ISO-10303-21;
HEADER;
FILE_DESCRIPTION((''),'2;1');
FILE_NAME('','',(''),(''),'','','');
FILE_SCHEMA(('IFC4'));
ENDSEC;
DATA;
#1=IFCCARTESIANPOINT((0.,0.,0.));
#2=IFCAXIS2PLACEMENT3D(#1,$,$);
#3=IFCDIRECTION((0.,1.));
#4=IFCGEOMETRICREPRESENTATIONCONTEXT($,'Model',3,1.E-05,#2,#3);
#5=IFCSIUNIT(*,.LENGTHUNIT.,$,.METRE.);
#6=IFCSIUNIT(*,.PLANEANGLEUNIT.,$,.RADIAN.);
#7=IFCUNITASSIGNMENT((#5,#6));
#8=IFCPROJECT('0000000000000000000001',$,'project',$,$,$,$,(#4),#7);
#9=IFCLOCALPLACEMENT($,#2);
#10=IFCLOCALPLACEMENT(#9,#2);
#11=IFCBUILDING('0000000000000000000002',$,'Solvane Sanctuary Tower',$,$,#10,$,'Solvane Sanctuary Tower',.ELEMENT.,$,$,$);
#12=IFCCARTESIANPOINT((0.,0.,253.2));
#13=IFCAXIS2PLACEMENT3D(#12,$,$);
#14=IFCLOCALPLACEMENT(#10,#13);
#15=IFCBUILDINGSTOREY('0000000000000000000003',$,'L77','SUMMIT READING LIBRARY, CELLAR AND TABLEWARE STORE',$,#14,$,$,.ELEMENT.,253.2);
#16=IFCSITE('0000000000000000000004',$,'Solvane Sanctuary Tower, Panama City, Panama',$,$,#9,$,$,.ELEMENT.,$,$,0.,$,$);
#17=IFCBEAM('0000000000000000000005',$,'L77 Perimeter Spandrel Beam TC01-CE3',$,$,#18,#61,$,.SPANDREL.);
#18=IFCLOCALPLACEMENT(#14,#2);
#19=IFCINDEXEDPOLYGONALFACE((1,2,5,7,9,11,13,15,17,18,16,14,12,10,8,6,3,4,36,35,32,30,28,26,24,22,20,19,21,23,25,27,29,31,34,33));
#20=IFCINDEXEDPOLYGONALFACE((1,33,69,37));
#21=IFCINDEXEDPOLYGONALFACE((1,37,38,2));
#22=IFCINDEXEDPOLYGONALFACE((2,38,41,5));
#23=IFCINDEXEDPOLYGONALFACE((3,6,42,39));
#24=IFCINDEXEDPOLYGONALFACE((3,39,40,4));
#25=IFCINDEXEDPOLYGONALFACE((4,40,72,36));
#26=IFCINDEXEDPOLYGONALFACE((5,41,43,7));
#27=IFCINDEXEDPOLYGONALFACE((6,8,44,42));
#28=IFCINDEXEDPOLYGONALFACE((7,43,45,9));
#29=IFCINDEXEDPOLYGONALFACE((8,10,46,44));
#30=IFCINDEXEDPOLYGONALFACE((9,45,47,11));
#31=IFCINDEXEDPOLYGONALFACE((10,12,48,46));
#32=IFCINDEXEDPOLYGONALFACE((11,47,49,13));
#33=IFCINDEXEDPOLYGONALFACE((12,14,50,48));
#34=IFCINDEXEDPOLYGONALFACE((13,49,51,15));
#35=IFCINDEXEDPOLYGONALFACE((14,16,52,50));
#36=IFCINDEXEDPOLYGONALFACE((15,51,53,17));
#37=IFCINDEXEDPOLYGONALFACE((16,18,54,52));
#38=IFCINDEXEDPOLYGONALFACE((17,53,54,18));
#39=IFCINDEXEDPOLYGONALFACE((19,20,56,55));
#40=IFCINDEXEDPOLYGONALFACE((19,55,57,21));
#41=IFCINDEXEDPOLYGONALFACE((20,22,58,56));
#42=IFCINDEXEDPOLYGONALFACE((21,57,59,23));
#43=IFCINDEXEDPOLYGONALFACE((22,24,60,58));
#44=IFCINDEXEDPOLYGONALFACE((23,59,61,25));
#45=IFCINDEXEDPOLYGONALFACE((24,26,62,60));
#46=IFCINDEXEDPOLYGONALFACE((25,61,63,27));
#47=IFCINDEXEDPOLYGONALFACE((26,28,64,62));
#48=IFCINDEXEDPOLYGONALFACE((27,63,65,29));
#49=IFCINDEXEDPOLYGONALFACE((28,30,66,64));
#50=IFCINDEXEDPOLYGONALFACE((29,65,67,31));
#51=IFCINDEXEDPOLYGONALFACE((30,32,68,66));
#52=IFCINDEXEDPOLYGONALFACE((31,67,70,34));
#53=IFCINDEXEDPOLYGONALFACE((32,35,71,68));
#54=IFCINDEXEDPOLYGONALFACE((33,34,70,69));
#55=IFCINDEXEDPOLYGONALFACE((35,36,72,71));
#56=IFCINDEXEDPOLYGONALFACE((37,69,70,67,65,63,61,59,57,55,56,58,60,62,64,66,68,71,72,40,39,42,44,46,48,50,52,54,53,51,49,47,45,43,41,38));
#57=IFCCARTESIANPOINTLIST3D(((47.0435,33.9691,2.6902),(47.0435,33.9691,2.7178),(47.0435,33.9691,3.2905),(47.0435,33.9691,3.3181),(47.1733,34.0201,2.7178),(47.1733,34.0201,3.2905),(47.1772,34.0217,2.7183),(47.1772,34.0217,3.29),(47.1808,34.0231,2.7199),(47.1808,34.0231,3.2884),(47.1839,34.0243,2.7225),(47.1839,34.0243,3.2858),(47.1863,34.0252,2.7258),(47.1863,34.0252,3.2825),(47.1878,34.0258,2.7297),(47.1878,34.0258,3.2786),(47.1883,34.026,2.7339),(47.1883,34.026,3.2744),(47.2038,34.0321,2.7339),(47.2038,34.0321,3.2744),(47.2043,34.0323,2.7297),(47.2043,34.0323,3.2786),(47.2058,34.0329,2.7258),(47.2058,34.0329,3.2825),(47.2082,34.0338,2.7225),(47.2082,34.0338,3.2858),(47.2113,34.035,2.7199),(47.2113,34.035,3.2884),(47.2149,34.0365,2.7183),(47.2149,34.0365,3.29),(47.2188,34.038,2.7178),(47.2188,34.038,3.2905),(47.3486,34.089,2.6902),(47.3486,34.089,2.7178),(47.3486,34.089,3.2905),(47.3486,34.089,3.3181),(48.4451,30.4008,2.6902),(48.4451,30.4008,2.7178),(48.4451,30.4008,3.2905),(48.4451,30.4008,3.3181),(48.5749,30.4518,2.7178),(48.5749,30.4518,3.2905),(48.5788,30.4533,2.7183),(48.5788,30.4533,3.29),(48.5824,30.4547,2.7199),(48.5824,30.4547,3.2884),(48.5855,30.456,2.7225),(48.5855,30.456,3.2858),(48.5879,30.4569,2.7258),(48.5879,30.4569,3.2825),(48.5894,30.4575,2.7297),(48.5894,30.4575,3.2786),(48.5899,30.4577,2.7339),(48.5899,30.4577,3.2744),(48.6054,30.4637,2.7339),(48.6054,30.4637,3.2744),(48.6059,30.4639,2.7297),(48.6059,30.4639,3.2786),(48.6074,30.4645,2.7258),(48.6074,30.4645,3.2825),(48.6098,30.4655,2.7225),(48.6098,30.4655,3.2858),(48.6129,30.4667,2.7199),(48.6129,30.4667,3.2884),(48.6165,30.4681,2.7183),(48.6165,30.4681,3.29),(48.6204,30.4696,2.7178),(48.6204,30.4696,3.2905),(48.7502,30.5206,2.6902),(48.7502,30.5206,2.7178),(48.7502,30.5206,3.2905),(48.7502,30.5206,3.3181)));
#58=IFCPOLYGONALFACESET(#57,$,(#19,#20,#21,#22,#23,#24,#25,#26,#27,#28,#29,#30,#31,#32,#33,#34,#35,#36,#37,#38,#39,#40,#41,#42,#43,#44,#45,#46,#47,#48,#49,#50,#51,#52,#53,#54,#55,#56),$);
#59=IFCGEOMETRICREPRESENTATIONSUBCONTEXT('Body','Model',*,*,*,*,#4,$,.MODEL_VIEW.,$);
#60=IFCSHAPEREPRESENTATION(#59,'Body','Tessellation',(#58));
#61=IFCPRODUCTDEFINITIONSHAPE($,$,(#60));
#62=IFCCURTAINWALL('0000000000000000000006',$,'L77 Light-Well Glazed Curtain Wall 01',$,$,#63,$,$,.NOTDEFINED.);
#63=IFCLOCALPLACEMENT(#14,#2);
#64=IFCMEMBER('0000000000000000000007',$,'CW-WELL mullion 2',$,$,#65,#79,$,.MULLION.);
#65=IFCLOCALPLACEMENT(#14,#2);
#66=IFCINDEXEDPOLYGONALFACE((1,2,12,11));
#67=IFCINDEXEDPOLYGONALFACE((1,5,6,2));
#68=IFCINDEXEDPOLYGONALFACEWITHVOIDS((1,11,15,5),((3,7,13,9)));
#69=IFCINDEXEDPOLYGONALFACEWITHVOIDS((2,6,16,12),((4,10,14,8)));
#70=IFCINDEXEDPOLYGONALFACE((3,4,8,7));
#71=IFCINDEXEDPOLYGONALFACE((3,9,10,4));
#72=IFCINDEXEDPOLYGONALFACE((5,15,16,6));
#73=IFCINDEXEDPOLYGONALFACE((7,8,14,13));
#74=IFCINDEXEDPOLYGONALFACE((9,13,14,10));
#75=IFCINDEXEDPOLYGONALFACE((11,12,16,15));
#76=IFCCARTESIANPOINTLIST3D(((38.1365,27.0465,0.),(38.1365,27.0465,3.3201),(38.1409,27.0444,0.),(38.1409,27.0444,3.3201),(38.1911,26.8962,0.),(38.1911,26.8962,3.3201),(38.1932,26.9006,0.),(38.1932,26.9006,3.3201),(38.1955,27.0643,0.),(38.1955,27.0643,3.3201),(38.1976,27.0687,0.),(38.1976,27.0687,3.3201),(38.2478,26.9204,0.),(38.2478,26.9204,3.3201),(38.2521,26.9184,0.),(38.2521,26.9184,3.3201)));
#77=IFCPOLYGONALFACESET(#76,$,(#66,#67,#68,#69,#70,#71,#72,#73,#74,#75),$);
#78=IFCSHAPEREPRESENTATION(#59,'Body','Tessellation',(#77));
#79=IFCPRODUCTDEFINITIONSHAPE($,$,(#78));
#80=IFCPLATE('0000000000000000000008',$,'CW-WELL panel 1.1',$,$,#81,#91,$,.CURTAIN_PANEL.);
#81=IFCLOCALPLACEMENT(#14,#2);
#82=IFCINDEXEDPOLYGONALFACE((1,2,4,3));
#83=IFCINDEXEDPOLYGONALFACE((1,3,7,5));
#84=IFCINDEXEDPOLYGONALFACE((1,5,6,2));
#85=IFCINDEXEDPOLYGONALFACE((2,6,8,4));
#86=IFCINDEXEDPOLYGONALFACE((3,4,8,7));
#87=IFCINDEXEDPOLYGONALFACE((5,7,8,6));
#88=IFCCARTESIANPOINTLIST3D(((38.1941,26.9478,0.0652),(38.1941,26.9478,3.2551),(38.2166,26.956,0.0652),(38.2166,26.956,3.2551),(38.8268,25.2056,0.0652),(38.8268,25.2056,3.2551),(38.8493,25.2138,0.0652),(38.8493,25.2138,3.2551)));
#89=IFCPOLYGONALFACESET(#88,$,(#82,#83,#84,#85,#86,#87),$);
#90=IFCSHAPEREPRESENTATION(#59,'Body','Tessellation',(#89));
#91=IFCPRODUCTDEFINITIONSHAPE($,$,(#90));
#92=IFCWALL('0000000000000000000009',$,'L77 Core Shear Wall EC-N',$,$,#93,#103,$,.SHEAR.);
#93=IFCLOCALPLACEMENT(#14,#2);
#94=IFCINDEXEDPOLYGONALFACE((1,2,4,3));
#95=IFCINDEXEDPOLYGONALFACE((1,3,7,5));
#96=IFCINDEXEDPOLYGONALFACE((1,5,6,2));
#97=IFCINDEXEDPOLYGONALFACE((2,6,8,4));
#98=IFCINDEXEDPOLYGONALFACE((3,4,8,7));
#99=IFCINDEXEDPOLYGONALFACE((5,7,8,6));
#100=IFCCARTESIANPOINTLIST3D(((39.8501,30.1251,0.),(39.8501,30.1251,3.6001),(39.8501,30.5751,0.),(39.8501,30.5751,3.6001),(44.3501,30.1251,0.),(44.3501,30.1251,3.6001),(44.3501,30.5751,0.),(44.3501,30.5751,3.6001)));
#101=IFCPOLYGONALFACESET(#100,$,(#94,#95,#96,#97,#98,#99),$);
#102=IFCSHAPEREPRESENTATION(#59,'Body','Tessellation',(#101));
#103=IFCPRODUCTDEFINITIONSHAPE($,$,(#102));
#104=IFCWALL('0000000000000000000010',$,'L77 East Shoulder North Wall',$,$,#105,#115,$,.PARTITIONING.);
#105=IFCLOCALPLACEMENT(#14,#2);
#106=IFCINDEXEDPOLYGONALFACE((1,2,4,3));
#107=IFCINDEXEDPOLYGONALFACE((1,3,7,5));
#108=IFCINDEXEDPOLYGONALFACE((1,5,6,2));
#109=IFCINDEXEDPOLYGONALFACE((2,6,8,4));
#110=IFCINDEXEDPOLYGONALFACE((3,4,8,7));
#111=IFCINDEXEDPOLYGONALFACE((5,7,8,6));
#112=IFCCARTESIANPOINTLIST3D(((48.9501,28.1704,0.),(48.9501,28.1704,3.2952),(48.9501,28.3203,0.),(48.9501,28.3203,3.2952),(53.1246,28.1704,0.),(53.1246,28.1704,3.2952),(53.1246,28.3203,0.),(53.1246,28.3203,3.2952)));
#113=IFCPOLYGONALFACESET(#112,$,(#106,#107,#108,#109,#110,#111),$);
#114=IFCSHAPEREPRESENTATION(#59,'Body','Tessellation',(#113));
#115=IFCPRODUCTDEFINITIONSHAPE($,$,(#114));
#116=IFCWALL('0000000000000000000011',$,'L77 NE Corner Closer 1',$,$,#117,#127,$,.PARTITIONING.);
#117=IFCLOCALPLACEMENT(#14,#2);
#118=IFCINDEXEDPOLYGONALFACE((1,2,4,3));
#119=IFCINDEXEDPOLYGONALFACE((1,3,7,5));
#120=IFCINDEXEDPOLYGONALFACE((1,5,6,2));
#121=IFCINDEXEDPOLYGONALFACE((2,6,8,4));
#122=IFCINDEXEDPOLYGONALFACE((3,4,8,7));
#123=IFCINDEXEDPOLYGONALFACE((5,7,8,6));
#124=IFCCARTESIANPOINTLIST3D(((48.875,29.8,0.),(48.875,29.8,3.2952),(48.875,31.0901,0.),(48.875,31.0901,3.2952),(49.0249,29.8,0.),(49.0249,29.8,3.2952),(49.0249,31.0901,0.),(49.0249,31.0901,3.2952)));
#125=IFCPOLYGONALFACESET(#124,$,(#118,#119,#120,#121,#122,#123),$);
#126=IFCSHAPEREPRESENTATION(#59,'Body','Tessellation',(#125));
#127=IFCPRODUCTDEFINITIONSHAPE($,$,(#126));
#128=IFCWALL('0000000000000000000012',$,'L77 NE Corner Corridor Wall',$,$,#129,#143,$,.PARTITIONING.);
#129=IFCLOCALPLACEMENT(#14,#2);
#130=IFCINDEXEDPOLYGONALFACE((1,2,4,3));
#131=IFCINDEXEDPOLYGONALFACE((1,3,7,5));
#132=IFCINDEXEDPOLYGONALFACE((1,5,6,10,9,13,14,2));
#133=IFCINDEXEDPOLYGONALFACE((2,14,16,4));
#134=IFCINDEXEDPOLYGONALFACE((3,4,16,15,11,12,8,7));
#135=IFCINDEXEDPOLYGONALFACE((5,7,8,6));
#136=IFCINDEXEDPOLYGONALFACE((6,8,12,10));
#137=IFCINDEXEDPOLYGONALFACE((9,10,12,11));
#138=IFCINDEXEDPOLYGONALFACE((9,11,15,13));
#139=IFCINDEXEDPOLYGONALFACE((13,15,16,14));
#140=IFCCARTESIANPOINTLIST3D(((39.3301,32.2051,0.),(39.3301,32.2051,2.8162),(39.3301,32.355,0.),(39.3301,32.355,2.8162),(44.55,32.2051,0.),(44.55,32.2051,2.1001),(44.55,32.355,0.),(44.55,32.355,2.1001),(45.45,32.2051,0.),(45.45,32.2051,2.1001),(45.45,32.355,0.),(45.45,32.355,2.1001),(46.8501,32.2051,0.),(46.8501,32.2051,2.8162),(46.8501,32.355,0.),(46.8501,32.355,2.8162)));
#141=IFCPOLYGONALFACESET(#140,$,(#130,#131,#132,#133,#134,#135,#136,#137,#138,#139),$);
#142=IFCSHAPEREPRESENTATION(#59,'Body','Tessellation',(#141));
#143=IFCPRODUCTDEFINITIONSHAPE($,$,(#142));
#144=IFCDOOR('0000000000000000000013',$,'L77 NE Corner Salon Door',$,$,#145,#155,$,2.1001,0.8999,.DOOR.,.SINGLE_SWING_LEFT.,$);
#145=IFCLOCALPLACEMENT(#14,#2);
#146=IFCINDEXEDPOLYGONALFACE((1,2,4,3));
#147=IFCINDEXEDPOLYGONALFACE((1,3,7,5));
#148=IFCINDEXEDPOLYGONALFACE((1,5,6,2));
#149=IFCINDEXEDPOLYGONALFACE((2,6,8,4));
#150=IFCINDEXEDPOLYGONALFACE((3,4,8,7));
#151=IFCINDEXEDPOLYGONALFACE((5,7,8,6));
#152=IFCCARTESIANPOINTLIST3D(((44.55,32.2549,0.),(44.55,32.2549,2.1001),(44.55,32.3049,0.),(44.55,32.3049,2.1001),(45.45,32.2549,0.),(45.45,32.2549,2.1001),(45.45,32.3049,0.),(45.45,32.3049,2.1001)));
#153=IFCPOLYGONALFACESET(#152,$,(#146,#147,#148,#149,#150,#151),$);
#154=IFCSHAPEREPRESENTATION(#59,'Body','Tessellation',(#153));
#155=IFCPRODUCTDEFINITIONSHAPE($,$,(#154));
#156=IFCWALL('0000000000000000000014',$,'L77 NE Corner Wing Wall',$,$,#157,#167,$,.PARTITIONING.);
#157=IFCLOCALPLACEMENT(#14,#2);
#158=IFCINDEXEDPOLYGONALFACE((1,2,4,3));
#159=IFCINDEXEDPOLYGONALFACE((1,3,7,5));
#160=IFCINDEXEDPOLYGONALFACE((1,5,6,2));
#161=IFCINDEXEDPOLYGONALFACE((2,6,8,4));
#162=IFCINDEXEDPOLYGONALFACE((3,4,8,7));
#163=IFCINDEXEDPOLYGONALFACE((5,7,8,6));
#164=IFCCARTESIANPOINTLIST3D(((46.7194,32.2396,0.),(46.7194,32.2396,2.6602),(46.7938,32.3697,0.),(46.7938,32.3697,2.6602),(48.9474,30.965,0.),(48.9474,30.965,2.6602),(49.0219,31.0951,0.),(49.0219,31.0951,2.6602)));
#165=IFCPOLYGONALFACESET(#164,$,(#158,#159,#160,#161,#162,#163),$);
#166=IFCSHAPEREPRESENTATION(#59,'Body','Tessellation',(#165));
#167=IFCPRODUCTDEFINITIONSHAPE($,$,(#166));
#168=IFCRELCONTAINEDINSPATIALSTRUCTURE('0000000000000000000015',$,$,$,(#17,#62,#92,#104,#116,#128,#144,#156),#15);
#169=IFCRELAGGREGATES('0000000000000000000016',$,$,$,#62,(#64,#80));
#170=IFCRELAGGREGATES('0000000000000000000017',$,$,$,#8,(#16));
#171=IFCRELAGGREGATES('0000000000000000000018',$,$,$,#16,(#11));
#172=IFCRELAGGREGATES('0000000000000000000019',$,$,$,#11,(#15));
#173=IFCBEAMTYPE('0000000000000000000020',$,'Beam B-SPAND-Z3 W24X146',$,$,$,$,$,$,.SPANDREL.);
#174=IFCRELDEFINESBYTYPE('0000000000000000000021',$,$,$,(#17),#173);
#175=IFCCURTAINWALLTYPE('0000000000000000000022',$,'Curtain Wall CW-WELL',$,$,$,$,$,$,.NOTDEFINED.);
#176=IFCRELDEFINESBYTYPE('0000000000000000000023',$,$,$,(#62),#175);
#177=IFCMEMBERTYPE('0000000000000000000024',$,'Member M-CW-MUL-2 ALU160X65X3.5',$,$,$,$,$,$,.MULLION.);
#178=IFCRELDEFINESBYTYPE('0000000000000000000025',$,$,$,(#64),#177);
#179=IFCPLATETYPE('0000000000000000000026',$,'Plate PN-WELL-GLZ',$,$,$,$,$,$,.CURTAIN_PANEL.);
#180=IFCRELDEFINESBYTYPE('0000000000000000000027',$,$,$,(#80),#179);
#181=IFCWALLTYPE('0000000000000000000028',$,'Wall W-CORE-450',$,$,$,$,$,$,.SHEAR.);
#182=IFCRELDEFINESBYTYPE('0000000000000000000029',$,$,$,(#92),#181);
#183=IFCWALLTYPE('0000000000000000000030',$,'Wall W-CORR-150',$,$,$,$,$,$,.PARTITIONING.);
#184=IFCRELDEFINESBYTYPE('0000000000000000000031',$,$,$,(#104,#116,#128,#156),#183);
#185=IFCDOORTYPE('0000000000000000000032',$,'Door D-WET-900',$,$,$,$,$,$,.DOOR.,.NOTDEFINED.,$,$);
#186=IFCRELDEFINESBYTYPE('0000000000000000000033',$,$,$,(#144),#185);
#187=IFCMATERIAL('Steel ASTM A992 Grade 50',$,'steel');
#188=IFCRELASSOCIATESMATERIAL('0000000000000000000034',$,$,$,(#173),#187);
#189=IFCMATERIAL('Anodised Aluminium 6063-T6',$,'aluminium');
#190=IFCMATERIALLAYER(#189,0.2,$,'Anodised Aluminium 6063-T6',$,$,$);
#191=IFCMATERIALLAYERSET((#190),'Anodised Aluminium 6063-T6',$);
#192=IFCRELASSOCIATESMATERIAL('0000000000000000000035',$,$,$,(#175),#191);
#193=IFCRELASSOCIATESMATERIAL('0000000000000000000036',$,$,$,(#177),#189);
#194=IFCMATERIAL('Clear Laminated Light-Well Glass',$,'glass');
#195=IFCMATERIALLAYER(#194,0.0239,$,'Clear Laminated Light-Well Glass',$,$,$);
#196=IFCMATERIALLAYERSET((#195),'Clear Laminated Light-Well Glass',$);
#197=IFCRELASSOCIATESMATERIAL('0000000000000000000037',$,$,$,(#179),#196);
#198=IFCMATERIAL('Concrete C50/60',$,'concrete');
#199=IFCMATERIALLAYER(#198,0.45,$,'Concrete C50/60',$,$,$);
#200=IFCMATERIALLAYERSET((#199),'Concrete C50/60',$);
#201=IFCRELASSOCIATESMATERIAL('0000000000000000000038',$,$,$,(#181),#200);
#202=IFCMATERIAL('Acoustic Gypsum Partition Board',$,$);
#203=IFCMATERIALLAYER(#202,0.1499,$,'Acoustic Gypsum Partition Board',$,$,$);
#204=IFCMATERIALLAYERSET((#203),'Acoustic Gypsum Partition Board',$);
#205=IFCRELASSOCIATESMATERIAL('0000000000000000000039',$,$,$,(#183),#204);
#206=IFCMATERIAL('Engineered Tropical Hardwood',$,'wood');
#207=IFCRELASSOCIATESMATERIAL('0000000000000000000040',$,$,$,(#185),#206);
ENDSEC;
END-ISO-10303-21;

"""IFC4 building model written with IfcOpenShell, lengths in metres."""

from ifc_helpers import new_model, si_unit, direction, frame, frame_2d, origin, origin_2d, place, context, subcontext, project, spatial, rectangle, hollow_rectangle, i_section, extrude, material, layer, layer_set, material_profile, profile_set, type_object, element, fill, aggregate, save


model = new_model("IFC4")

# Units and contexts
model_context = context("Model", 3, precision=1e-05, world=origin(), true_north=direction((0.0, 1.0)))
body_context = subcontext(model_context, "Body", "Model", "MODEL_VIEW")
ifc_project = project(units=[si_unit("LENGTHUNIT", "METRE"), si_unit("PLANEANGLEUNIT", "RADIAN")], contexts=[model_context])

# Site, building, storey
site_placement = place(None, origin())
site = spatial("IfcSite", under=ifc_project, at=site_placement, Name="Solvane Sanctuary Tower, Panama City, Panama", CompositionType="ELEMENT", RefElevation=0.0)
building_placement = place(site_placement, origin())
building = spatial("IfcBuilding", under=site, at=building_placement, Name="Solvane Sanctuary Tower", LongName="Solvane Sanctuary Tower", CompositionType="ELEMENT")
storey_placement = place(building_placement, frame((0.0, 0.0, 253.2)))
storey = spatial("IfcBuildingStorey", under=building, at=storey_placement, Name="L77", Description="SUMMIT READING LIBRARY, CELLAR AND TABLEWARE STORE", CompositionType="ELEMENT", Elevation=253.2)

# Beam
ifc_material_1 = material(Name="Steel ASTM A992 Grade 50", Category="steel")
ifc_material_profile_1 = material_profile(ifc_material_1, i_section(OverallWidth=0.3279, OverallDepth=0.6279, WebThickness=0.0166, FlangeThickness=0.0276, FilletRadius=0.0161, at=origin_2d()), Name="W24X146")
ifc_profile_set_1 = profile_set([ifc_material_profile_1], Name="Steel ASTM A992 Grade 50")
beam_type_1 = type_object("IfcBeamType", Name="Beam B-SPAND-Z3 W24X146", PredefinedType="SPANDREL", material=ifc_profile_set_1)
beam_1_placement = place(storey_placement, frame((47.196, 34.0291, 3.0042), z_axis=(0.365597, -0.930773, 0.0), x_axis=(0.930773, 0.365597, 0.0)))
element("IfcBeam", 1, at=beam_1_placement, inside=storey, type_object=beam_type_1, Name="L77 Perimeter Spandrel Beam TC01-CE3", PredefinedType="SPANDREL", context=body_context, shape_type="SweptSolid", body=[
    extrude(i_section(OverallWidth=0.3279, OverallDepth=0.6279, WebThickness=0.0166, FlangeThickness=0.0276, FilletRadius=0.0161, at=origin_2d()), origin(), (0.0, 0.0, 1.0), 3.8337),
])

# Curtain wall, member, plate
ifc_material_2 = material(Name="Anodised Aluminium 6063-T6", Category="aluminium")
ifc_layer_1 = layer(ifc_material_2, 0.2, Name="Anodised Aluminium 6063-T6")
ifc_layer_set_1 = layer_set([ifc_layer_1], Name="Anodised Aluminium 6063-T6")
curtain_wall_type = type_object("IfcCurtainWallType", Name="Curtain Wall CW-WELL", PredefinedType="NOTDEFINED", material=ifc_layer_set_1)
curtain_wall_placement = place(storey_placement, origin())
curtain_wall = element("IfcCurtainWall", 2, at=curtain_wall_placement, inside=storey, type_object=curtain_wall_type, Name="L77 Light-Well Glazed Curtain Wall 01", PredefinedType="NOTDEFINED")
ifc_material_profile_2 = material_profile(ifc_material_2, hollow_rectangle(XDim=0.0649, YDim=0.1599, WallThickness=0.0034, at=origin_2d()), Name="ALU160X65X3.5")
ifc_profile_set_2 = profile_set([ifc_material_profile_2], Name="Anodised Aluminium 6063-T6")
member_type = type_object("IfcMemberType", Name="Member M-CW-MUL-2 ALU160X65X3.5", PredefinedType="MULLION", material=ifc_profile_set_2)
member_placement = place(storey_placement, frame((38.1943, 26.9824, 0.0), z_axis=(0.0, 0.0, 1.0), x_axis=(-0.939933, -0.341358, 0.0)))
member = element("IfcMember", 3, at=member_placement, type_object=member_type, Name="CW-WELL mullion 2", PredefinedType="MULLION", context=body_context, shape_type="SweptSolid", body=[
    extrude(hollow_rectangle(XDim=0.0649, YDim=0.1599, WallThickness=0.0034, at=origin_2d()), origin(), (0.0, 0.0, 1.0), 3.3201),
])
ifc_material_3 = material(Name="Clear Laminated Light-Well Glass", Category="glass")
ifc_layer_2 = layer(ifc_material_3, 0.0239, Name="Clear Laminated Light-Well Glass")
ifc_layer_set_2 = layer_set([ifc_layer_2], Name="Clear Laminated Light-Well Glass")
plate_type = type_object("IfcPlateType", Name="Plate PN-WELL-GLZ", PredefinedType="CURTAIN_PANEL", material=ifc_layer_set_2)
plate_placement = place(storey_placement, frame((38.5217, 26.0808, 0.0652), z_axis=(0.0, 0.0, 1.0), x_axis=(-0.341358, 0.939933, 0.0)))
plate = element("IfcPlate", 4, at=plate_placement, type_object=plate_type, Name="CW-WELL panel 1.1", PredefinedType="CURTAIN_PANEL", context=body_context, shape_type="SweptSolid", body=[
    extrude(rectangle(XDim=1.8535, YDim=0.0239, at=origin_2d()), origin(), (0.0, 0.0, 1.0), 3.1899),
])
aggregate(curtain_wall, [member, plate])

# Walls
ifc_material_4 = material(Name="Concrete C50/60", Category="concrete")
ifc_layer_3 = layer(ifc_material_4, 0.45, Name="Concrete C50/60")
ifc_layer_set_3 = layer_set([ifc_layer_3], Name="Concrete C50/60")
wall_type_1 = type_object("IfcWallType", Name="Wall W-CORE-450", PredefinedType="SHEAR", material=ifc_layer_set_3)
wall_1_placement = place(storey_placement, frame((39.8501, 30.3501, 0.0), z_axis=(0.0, 0.0, 1.0), x_axis=(1.0, 0.0, 0.0)))
element("IfcWall", 5, at=wall_1_placement, inside=storey, type_object=wall_type_1, Name="L77 Core Shear Wall EC-N", PredefinedType="SHEAR", context=body_context, shape_type="SweptSolid", body=[
    extrude(rectangle(XDim=4.5, YDim=0.45, at=frame_2d((2.25, 0.0))), origin(), (0.0, 0.0, 1.0), 3.6001),
])
ifc_material_5 = material(Name="Acoustic Gypsum Partition Board")
ifc_layer_4 = layer(ifc_material_5, 0.1499, Name="Acoustic Gypsum Partition Board")
ifc_layer_set_4 = layer_set([ifc_layer_4], Name="Acoustic Gypsum Partition Board")
wall_type_2 = type_object("IfcWallType", Name="Wall W-CORR-150", PredefinedType="PARTITIONING", material=ifc_layer_set_4)
wall_2_placement = place(storey_placement, frame((48.95, 28.2454, 0.0), z_axis=(0.0, 0.0, 1.0), x_axis=(1.0, 0.0, 0.0)))
element("IfcWall", 6, at=wall_2_placement, inside=storey, type_object=wall_type_2, Name="L77 East Shoulder North Wall", PredefinedType="PARTITIONING", context=body_context, shape_type="SweptSolid", body=[
    extrude(rectangle(XDim=4.1746, YDim=0.1499, at=frame_2d((2.0874, 0.0))), origin(), (0.0, 0.0, 1.0), 3.2952),
])
wall_3_placement = place(storey_placement, frame((48.95, 29.8, 0.0), z_axis=(0.0, 0.0, 1.0), x_axis=(0.0, 1.0, 0.0)))
element("IfcWall", 7, at=wall_3_placement, inside=storey, type_object=wall_type_2, Name="L77 NE Corner Closer 1", PredefinedType="PARTITIONING", context=body_context, shape_type="SweptSolid", body=[
    extrude(rectangle(XDim=1.29, YDim=0.1499, at=frame_2d((0.645, 0.0))), origin(), (0.0, 0.0, 1.0), 3.2952),
])

# Wall, opening, door
wall_4_placement = place(storey_placement, frame((39.3301, 32.28, 0.0), z_axis=(0.0, 0.0, 1.0), x_axis=(1.0, 0.0, 0.0)))
wall_4 = element("IfcWall", 8, at=wall_4_placement, inside=storey, type_object=wall_type_2, Name="L77 NE Corner Corridor Wall", PredefinedType="PARTITIONING", context=body_context, shape_type="SweptSolid", body=[
    extrude(rectangle(XDim=7.52, YDim=0.1499, at=frame_2d((3.76, 0.0))), origin(), (0.0, 0.0, 1.0), 2.8162),
])
opening_1_placement = place(wall_4_placement, frame((5.22, 0.0, 0.0)))
opening_1 = element("IfcOpeningElement", 9, at=opening_1_placement, cuts=wall_4, PredefinedType="OPENING", context=body_context, shape_type="SweptSolid", body=[
    extrude(rectangle(XDim=0.8999, YDim=2.1001, at=frame_2d((0.45, 1.05))), frame((0.0, 0.085, 0.0), z_axis=(0.0, -1.0, 0.0), x_axis=(1.0, 0.0, 0.0)), (0.0, 0.0, 1.0), 0.1699),
])
ifc_material_6 = material(Name="Engineered Tropical Hardwood", Category="wood")
door_type_1 = type_object("IfcDoorType", Name="Door D-WET-900", OperationType="NOTDEFINED", PredefinedType="DOOR", material=ifc_material_6)
door_1_placement = place(opening_1_placement, origin())
door_1 = element("IfcDoor", 10, at=door_1_placement, inside=storey, type_object=door_type_1, Name="L77 NE Corner Salon Door", OperationType="SINGLE_SWING_LEFT", OverallHeight=2.1001, OverallWidth=0.8999, PredefinedType="DOOR", context=body_context, shape_type="SweptSolid", body=[
    extrude(rectangle(XDim=0.8999, YDim=2.1001, at=frame_2d((0.45, 1.05))), frame((0.0, 0.0249, 0.0), z_axis=(0.0, -1.0, 0.0), x_axis=(1.0, 0.0, 0.0)), (0.0, 0.0, 1.0), 0.05),
])
fill(opening_1, door_1)

# Wall
wall_5_placement = place(storey_placement, frame((46.7566, 32.3047, 0.0), z_axis=(0.0, 0.0, 1.0), x_axis=(0.867991, -0.496579, 0.0)))
element("IfcWall", 11, at=wall_5_placement, inside=storey, type_object=wall_type_2, Name="L77 NE Corner Wing Wall", PredefinedType="PARTITIONING", context=body_context, shape_type="SweptSolid", body=[
    extrude(rectangle(XDim=2.5669, YDim=0.1499, at=frame_2d((1.2834, 0.0))), origin(), (0.0, 0.0, 1.0), 2.6602),
])

save(model, "model.ifc")
